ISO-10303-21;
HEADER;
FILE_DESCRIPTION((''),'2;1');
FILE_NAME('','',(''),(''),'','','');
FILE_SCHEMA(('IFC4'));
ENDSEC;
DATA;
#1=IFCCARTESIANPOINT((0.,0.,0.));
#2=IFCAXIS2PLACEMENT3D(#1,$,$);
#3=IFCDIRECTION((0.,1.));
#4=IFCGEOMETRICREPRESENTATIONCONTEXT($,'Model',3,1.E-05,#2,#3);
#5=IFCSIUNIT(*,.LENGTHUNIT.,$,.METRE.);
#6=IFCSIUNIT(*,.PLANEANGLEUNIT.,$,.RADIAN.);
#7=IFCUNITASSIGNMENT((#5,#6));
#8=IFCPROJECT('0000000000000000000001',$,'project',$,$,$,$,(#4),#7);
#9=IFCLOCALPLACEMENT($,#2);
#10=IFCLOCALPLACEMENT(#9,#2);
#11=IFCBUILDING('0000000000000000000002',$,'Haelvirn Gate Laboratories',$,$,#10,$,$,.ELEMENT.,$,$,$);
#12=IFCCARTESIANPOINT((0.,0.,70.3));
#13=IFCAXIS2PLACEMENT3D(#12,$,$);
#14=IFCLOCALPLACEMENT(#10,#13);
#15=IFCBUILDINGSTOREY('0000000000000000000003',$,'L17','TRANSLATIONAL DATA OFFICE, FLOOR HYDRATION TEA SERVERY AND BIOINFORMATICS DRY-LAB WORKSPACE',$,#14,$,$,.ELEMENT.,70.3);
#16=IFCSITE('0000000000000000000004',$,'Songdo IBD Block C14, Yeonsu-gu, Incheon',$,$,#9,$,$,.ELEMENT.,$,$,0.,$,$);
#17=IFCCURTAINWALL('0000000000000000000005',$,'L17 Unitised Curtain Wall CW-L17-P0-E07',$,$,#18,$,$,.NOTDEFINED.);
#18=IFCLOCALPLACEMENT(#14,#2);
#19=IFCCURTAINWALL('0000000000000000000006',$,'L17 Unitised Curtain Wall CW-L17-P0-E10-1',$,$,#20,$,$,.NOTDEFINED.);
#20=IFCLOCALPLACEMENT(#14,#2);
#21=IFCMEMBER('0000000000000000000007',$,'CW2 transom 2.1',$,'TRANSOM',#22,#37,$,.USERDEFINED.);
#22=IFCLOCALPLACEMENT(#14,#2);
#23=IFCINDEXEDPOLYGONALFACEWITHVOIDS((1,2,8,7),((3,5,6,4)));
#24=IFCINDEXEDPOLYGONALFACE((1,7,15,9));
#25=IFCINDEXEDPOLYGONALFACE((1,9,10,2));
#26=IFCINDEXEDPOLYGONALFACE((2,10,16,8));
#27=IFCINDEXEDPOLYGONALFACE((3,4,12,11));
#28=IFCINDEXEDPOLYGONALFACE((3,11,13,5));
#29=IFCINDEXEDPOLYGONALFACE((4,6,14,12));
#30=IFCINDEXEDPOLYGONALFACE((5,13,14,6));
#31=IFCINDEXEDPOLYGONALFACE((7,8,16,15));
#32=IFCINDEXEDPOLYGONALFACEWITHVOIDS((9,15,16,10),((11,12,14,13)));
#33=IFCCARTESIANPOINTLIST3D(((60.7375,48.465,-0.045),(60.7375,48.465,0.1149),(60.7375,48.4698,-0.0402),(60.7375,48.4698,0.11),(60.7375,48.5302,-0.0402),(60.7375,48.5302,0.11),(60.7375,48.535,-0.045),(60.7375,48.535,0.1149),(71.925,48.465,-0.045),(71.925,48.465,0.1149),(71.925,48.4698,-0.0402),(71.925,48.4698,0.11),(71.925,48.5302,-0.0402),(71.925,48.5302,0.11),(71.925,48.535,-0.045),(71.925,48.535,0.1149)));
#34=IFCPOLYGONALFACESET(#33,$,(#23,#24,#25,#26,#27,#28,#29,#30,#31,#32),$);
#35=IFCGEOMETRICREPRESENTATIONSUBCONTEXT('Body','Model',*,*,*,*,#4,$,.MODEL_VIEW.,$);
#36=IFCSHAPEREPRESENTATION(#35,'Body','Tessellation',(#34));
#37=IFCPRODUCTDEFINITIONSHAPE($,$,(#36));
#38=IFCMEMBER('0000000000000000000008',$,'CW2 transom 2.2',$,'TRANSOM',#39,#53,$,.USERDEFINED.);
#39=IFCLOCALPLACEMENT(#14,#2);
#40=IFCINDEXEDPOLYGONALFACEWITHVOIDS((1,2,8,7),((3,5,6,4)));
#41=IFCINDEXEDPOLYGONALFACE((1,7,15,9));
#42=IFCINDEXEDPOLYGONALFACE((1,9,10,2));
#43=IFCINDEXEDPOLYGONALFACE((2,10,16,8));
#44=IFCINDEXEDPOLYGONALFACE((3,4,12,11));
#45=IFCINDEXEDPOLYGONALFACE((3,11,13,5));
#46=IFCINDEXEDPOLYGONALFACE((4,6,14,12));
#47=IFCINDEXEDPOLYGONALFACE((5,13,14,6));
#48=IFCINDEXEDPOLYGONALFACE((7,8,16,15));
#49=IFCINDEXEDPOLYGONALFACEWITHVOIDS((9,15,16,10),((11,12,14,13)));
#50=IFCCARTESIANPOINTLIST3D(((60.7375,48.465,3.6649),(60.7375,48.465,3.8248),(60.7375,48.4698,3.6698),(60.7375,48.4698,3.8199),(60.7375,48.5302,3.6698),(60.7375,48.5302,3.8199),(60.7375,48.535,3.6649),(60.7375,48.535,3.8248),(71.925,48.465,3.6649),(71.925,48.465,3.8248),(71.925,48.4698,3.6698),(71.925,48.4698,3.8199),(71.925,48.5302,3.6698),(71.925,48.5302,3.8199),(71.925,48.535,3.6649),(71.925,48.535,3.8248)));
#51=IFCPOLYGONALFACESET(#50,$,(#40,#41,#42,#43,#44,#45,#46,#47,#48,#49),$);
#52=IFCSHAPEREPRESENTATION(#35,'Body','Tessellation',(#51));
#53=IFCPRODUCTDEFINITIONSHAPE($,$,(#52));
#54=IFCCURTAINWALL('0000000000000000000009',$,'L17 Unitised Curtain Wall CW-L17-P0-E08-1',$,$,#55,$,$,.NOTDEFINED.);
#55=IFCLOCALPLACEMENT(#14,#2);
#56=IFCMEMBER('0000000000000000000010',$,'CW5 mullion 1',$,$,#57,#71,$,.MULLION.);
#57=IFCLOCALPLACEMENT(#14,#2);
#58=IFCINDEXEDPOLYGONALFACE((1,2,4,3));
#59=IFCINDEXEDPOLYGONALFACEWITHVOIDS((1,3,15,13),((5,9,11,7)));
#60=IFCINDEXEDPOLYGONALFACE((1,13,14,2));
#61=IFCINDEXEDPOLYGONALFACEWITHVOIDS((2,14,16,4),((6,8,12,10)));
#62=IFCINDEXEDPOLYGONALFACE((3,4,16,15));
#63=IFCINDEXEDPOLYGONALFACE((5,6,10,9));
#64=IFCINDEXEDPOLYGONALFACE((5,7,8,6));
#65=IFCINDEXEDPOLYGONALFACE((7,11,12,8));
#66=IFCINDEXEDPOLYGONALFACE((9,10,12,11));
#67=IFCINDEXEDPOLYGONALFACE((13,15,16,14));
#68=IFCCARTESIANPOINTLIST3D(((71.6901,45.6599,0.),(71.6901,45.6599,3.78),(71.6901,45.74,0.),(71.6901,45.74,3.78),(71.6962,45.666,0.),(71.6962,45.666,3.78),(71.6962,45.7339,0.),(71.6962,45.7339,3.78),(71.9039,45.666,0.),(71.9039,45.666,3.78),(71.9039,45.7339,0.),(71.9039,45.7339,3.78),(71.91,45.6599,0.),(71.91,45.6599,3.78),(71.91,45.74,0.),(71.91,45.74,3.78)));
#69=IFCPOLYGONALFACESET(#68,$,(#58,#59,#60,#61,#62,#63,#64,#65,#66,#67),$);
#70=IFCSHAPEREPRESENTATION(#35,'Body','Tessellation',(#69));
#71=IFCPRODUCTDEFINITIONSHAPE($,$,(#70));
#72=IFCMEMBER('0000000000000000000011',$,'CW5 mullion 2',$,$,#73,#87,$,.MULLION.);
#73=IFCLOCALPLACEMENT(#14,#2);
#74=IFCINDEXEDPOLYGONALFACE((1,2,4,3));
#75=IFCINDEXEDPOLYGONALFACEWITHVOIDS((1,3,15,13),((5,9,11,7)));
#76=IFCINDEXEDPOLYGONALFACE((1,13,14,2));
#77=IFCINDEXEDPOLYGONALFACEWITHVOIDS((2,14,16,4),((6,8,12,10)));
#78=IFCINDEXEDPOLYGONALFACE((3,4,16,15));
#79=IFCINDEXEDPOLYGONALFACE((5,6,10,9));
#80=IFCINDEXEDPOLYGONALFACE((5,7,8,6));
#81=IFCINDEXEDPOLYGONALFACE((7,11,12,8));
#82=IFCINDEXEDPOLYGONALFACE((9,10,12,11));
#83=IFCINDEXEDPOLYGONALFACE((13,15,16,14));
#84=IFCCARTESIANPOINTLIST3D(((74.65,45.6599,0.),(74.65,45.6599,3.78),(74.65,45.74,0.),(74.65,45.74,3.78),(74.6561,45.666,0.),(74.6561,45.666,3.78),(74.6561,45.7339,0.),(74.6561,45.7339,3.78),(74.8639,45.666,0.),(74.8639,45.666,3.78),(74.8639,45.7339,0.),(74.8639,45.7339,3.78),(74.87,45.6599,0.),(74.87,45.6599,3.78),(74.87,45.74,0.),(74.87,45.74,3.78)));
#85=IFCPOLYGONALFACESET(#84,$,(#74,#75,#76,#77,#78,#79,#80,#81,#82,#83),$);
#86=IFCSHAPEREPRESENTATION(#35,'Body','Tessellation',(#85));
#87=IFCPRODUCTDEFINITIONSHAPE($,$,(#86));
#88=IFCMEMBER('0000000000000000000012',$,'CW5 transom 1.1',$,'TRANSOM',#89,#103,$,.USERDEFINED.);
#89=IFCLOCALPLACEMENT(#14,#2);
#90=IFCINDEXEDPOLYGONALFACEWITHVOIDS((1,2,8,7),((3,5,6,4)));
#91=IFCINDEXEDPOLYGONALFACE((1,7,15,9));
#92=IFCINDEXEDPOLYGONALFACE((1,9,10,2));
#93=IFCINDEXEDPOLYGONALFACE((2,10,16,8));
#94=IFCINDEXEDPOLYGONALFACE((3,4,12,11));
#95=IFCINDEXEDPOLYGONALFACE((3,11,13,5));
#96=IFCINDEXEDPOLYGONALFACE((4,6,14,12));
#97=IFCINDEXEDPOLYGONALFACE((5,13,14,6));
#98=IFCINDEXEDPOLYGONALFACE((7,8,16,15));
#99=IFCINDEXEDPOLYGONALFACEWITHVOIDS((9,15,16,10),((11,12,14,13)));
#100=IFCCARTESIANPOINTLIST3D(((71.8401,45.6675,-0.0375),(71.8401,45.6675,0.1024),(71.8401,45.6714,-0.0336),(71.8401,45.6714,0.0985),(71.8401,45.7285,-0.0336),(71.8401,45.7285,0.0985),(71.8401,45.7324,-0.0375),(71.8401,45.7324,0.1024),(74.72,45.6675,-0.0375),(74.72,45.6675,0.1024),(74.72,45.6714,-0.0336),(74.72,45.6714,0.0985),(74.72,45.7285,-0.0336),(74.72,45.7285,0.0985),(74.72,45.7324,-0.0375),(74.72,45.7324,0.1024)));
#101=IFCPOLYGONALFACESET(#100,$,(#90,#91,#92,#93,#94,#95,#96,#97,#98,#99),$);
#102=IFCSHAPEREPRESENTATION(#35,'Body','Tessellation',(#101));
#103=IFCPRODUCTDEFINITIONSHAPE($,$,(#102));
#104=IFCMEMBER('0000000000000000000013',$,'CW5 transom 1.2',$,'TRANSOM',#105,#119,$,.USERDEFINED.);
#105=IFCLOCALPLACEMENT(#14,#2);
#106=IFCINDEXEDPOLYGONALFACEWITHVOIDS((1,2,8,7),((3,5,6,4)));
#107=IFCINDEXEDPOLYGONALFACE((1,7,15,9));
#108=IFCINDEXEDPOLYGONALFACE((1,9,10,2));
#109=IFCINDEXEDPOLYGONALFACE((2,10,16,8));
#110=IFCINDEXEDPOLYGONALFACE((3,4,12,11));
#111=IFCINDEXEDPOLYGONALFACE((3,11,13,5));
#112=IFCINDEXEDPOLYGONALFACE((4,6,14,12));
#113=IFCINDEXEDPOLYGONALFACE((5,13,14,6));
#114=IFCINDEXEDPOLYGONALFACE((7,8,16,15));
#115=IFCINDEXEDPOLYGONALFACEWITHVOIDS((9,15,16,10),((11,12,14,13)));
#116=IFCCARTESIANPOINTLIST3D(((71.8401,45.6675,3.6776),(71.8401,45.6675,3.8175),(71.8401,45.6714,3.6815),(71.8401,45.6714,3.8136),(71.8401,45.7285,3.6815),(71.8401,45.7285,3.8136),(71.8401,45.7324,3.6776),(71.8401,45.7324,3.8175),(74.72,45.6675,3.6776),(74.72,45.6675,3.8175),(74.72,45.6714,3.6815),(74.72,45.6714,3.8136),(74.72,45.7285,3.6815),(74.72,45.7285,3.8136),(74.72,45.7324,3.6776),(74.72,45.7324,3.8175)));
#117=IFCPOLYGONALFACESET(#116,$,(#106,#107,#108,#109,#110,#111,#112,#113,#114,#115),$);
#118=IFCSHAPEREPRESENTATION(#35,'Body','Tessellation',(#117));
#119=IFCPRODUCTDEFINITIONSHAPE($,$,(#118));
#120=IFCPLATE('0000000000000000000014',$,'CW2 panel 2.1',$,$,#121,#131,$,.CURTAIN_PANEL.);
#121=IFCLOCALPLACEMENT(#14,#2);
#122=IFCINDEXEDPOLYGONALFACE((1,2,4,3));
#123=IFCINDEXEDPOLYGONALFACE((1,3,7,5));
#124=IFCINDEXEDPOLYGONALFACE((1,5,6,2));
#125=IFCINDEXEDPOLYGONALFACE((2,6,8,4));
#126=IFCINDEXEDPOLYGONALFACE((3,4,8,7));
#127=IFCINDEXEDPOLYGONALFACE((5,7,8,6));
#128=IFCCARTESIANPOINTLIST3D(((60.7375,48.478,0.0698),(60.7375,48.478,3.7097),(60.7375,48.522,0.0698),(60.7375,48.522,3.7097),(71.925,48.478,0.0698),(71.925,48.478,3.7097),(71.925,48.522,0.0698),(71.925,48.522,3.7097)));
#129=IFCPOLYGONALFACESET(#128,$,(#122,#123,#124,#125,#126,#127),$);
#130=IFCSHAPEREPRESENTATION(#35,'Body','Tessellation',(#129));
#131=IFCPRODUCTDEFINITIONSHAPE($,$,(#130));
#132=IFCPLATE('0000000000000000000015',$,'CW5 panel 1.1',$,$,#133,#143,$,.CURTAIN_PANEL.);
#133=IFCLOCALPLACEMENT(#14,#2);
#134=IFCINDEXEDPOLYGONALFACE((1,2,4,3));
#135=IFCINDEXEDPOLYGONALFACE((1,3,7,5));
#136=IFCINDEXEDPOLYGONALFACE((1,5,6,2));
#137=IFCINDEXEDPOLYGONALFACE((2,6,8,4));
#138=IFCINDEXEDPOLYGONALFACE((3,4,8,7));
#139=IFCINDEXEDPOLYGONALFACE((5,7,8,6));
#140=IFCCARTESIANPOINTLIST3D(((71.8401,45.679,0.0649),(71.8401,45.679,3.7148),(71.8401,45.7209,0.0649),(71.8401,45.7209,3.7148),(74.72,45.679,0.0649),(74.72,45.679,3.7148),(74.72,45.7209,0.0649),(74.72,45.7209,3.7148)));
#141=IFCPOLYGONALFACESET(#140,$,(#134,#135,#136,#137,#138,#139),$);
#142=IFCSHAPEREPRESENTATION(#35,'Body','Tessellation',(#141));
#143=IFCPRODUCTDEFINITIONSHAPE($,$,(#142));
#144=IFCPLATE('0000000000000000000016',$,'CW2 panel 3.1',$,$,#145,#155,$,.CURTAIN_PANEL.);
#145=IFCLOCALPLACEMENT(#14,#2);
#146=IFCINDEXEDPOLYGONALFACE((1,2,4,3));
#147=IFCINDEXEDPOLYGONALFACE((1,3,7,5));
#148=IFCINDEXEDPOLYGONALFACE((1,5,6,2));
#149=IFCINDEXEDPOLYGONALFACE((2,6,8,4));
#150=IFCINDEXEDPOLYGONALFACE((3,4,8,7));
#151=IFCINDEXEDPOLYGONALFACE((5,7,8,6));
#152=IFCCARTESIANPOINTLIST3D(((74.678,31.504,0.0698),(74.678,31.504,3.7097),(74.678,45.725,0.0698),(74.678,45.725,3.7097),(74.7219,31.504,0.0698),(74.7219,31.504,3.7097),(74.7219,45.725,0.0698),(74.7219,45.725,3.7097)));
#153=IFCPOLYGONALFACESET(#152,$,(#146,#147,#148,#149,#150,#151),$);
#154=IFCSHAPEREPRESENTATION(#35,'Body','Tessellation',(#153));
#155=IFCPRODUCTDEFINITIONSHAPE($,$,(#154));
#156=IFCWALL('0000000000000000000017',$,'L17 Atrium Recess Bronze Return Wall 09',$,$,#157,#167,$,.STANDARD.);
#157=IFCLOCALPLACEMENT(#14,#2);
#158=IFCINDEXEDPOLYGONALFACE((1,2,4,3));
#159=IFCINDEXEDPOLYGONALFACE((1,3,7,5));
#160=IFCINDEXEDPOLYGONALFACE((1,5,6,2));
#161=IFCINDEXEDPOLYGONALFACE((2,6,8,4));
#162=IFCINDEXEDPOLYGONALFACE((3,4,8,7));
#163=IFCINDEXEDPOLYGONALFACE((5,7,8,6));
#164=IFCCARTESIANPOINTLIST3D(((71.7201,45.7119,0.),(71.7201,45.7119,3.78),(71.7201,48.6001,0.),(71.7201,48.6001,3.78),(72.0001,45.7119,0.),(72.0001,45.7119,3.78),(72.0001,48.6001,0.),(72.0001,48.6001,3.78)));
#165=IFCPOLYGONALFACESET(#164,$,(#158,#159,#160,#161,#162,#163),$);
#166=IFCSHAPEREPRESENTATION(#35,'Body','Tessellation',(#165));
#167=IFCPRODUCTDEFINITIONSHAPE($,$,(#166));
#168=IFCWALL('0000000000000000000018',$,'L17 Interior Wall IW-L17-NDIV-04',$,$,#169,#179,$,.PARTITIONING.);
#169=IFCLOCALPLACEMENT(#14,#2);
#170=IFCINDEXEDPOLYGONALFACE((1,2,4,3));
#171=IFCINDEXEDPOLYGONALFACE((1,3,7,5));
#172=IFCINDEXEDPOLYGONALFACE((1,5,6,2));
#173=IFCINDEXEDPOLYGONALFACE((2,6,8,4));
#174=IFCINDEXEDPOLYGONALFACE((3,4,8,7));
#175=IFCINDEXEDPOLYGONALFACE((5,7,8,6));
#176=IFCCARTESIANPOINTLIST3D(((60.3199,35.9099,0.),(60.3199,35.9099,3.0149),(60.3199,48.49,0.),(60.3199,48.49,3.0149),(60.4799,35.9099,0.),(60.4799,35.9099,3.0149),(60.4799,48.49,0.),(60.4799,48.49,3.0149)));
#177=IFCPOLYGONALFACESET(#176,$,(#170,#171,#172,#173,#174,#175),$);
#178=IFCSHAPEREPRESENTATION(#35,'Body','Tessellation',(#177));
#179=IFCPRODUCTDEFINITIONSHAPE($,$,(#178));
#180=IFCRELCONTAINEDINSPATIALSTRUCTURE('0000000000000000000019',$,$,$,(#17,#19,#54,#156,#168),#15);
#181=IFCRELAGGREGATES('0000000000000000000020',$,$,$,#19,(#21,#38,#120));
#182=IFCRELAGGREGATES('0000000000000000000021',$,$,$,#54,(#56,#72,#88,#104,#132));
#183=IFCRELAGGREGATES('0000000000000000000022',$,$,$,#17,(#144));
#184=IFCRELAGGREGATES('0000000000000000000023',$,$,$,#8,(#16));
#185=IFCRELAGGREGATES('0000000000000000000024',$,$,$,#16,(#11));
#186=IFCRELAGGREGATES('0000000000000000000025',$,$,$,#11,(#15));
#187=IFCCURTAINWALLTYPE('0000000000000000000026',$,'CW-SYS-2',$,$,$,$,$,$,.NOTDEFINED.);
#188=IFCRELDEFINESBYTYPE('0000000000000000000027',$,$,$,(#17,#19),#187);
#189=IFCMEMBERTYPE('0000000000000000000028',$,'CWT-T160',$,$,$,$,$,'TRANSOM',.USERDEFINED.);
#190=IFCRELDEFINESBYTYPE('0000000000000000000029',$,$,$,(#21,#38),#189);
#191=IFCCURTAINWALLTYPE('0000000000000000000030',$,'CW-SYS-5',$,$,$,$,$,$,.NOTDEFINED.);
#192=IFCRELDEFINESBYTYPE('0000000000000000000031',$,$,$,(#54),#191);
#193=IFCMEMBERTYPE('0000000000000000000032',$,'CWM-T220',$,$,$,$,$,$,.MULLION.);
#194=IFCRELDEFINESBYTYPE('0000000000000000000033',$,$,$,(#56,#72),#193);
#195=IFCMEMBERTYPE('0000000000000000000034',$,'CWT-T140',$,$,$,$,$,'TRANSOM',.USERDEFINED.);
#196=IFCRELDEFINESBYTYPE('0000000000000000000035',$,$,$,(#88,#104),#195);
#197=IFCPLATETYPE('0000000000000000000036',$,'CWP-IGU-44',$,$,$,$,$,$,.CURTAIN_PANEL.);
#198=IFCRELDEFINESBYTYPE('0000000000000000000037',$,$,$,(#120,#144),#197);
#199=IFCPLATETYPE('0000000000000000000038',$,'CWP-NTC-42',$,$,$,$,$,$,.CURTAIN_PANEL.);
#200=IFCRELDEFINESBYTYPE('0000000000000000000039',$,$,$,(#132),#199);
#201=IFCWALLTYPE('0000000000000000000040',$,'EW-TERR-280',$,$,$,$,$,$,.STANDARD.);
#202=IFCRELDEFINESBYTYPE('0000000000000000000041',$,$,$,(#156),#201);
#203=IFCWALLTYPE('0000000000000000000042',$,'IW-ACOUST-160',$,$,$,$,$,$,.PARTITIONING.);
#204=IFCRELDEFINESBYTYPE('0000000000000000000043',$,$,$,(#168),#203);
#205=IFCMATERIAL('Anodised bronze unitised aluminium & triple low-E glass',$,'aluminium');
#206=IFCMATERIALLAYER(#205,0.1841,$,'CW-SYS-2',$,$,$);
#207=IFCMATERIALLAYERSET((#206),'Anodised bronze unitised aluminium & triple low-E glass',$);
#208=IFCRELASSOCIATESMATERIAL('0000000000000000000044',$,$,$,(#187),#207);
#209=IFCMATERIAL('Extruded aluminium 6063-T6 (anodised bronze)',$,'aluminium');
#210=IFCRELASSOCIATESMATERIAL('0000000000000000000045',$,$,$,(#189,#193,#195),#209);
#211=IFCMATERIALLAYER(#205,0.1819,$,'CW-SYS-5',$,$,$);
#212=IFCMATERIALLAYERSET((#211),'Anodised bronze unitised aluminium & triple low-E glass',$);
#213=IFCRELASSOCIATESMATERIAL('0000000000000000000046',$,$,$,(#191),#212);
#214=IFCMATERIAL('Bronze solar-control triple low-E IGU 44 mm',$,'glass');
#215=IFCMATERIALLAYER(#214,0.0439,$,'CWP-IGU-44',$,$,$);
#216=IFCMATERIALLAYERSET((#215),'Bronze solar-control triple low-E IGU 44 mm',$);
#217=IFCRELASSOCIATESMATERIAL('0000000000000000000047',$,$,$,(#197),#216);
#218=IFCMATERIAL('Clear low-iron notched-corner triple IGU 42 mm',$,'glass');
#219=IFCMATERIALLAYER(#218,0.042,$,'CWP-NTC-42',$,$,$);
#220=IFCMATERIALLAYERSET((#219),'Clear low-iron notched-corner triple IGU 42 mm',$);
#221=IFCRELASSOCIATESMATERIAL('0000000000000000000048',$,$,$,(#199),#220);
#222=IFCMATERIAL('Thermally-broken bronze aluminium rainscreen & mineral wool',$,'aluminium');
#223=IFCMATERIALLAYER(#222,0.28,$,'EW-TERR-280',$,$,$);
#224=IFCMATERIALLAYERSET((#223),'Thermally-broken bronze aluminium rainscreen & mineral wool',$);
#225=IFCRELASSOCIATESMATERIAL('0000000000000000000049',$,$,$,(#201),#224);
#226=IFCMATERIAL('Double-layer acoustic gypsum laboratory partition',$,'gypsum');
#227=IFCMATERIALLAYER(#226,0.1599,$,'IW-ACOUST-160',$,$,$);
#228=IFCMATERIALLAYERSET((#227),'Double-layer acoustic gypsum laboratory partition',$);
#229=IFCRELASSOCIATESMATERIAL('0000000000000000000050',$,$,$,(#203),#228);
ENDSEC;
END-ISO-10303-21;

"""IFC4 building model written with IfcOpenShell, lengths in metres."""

from ifc_helpers import new_model, si_unit, direction, frame, frame_2d, origin, origin_2d, place, context, subcontext, project, spatial, rectangle, hollow_rectangle, extrude, source, transform, mapped, material, layer, layer_set, material_profile, profile_set, type_object, type_shapes, element, aggregate, save


model = new_model("IFC4")

# Units and contexts
model_context = context("Model", 3, precision=1e-05, world=origin(), true_north=direction((0.0, 1.0)))
body_context = subcontext(model_context, "Body", "Model", "MODEL_VIEW")
ifc_project = project(units=[si_unit("LENGTHUNIT", "METRE"), si_unit("PLANEANGLEUNIT", "RADIAN")], contexts=[model_context])

# Site, building, storey
site_placement = place(None, origin())
site = spatial("IfcSite", under=ifc_project, at=site_placement, Name="Songdo IBD Block C14, Yeonsu-gu, Incheon", CompositionType="ELEMENT", RefElevation=0.0)
building_placement = place(site_placement, origin())
building = spatial("IfcBuilding", under=site, at=building_placement, Name="Haelvirn Gate Laboratories", CompositionType="ELEMENT")
storey_placement = place(building_placement, frame((0.0, 0.0, 70.3)))
storey = spatial("IfcBuildingStorey", under=building, at=storey_placement, Name="L17", Description="TRANSLATIONAL DATA OFFICE, FLOOR HYDRATION TEA SERVERY AND BIOINFORMATICS DRY-LAB WORKSPACE", CompositionType="ELEMENT", Elevation=70.3)

# Curtain wall
ifc_material_1 = material(Name="Anodised bronze unitised aluminium & triple low-E glass", Category="aluminium")
ifc_layer_1 = layer(ifc_material_1, 0.1841, Name="CW-SYS-2")
ifc_layer_set_1 = layer_set([ifc_layer_1], Name="Anodised bronze unitised aluminium & triple low-E glass")
curtain_wall_type_1 = type_object("IfcCurtainWallType", Name="CW-SYS-2", PredefinedType="NOTDEFINED", material=ifc_layer_set_1)
curtain_wall_1_placement = place(storey_placement, origin())
curtain_wall_1 = element("IfcCurtainWall", 1, at=curtain_wall_1_placement, inside=storey, type_object=curtain_wall_type_1, Name="L17 Unitised Curtain Wall CW-L17-P0-E07", PredefinedType="NOTDEFINED")
ifc_material_2 = material(Name="Extruded aluminium 6063-T6 (anodised bronze)", Category="aluminium")

# Curtain walls, members
curtain_wall_2_placement = place(storey_placement, origin())
curtain_wall_2 = element("IfcCurtainWall", 2, at=curtain_wall_2_placement, inside=storey, type_object=curtain_wall_type_1, Name="L17 Unitised Curtain Wall CW-L17-P0-E10-1", PredefinedType="NOTDEFINED")
ifc_material_profile_1 = material_profile(ifc_material_2, hollow_rectangle(XDim=0.0701, YDim=0.1599, WallThickness=0.0049, at=origin_2d()), Name="CWT-160x70x5")
ifc_profile_set_1 = profile_set([ifc_material_profile_1], Name="Extruded aluminium 6063-T6 (anodised bronze)")
member_type_1 = type_object("IfcMemberType", Name="CWT-T160", ElementType="TRANSOM", PredefinedType="USERDEFINED", material=ifc_profile_set_1)
shared_shape_1 = source(origin(), body_context, "Body", "SweptSolid", [
    extrude(hollow_rectangle(XDim=0.0701, YDim=0.1599, WallThickness=0.0049, at=origin_2d()), origin(), (0.0, 0.0, 1.0), 11.1875),
])
type_shapes(member_type_1, [shared_shape_1])
member_1_placement = place(storey_placement, frame((60.7375, 48.5, 0.0349), z_axis=(1.0, 0.0, 0.0), x_axis=(0.0, 1.0, 0.0)))
member_1 = element("IfcMember", 3, at=member_1_placement, type_object=member_type_1, Name="CW2 transom 2.1", ObjectType="TRANSOM", PredefinedType="USERDEFINED", context=body_context, shape_type="MappedRepresentation", body=[
    mapped(shared_shape_1, transform((0.0, 0.0, 0.0), scale=1.0)),
])
member_2_placement = place(storey_placement, frame((60.7375, 48.5, 3.7449), z_axis=(1.0, 0.0, 0.0), x_axis=(0.0, 1.0, 0.0)))
member_2 = element("IfcMember", 4, at=member_2_placement, type_object=member_type_1, Name="CW2 transom 2.2", ObjectType="TRANSOM", PredefinedType="USERDEFINED", context=body_context, shape_type="MappedRepresentation", body=[
    mapped(shared_shape_1, transform((0.0, 0.0, 0.0), scale=1.0)),
])
ifc_layer_2 = layer(ifc_material_1, 0.1819, Name="CW-SYS-5")
ifc_layer_set_2 = layer_set([ifc_layer_2], Name="Anodised bronze unitised aluminium & triple low-E glass")
curtain_wall_type_2 = type_object("IfcCurtainWallType", Name="CW-SYS-5", PredefinedType="NOTDEFINED", material=ifc_layer_set_2)
curtain_wall_3_placement = place(storey_placement, origin())
curtain_wall_3 = element("IfcCurtainWall", 5, at=curtain_wall_3_placement, inside=storey, type_object=curtain_wall_type_2, Name="L17 Unitised Curtain Wall CW-L17-P0-E08-1", PredefinedType="NOTDEFINED")
ifc_material_profile_2 = material_profile(ifc_material_2, hollow_rectangle(XDim=0.0801, YDim=0.22, WallThickness=0.0061, at=origin_2d()), Name="CWM-220x80x6")
ifc_profile_set_2 = profile_set([ifc_material_profile_2], Name="Extruded aluminium 6063-T6 (anodised bronze)")
member_type_2 = type_object("IfcMemberType", Name="CWM-T220", PredefinedType="MULLION", material=ifc_profile_set_2)
shared_shape_2 = source(origin(), body_context, "Body", "SweptSolid", [
    extrude(hollow_rectangle(XDim=0.0801, YDim=0.22, WallThickness=0.0061, at=origin_2d()), origin(), (0.0, 0.0, 1.0), 3.78),
])
type_shapes(member_type_2, [shared_shape_2])
member_3_placement = place(storey_placement, frame((71.8, 45.7, 0.0), z_axis=(0.0, 0.0, 1.0), x_axis=(0.0, 1.0, 0.0)))
member_3 = element("IfcMember", 6, at=member_3_placement, type_object=member_type_2, Name="CW5 mullion 1", PredefinedType="MULLION", context=body_context, shape_type="MappedRepresentation", body=[
    mapped(shared_shape_2, transform((0.0, 0.0, 0.0), scale=1.0)),
])
member_4_placement = place(storey_placement, frame((74.76, 45.7, 0.0), z_axis=(0.0, 0.0, 1.0), x_axis=(0.0, 1.0, 0.0)))
member_4 = element("IfcMember", 7, at=member_4_placement, type_object=member_type_2, Name="CW5 mullion 2", PredefinedType="MULLION", context=body_context, shape_type="MappedRepresentation", body=[
    mapped(shared_shape_2, transform((0.0, 0.0, 0.0), scale=1.0)),
])
ifc_material_profile_3 = material_profile(ifc_material_2, hollow_rectangle(XDim=0.0649, YDim=0.1399, WallThickness=0.0039, at=origin_2d()), Name="CWT-140x65x4")
ifc_profile_set_3 = profile_set([ifc_material_profile_3], Name="Extruded aluminium 6063-T6 (anodised bronze)")
member_type_3 = type_object("IfcMemberType", Name="CWT-T140", ElementType="TRANSOM", PredefinedType="USERDEFINED", material=ifc_profile_set_3)
shared_shape_3 = source(origin(), body_context, "Body", "SweptSolid", [
    extrude(hollow_rectangle(XDim=0.0649, YDim=0.1399, WallThickness=0.0039, at=origin_2d()), origin(), (0.0, 0.0, 1.0), 2.8799),
])
type_shapes(member_type_3, [shared_shape_3])
member_5_placement = place(storey_placement, frame((71.8401, 45.7, 0.0325), z_axis=(1.0, 0.0, 0.0), x_axis=(0.0, 1.0, 0.0)))
member_5 = element("IfcMember", 8, at=member_5_placement, type_object=member_type_3, Name="CW5 transom 1.1", ObjectType="TRANSOM", PredefinedType="USERDEFINED", context=body_context, shape_type="MappedRepresentation", body=[
    mapped(shared_shape_3, transform((0.0, 0.0, 0.0), scale=1.0)),
])
member_6_placement = place(storey_placement, frame((71.8401, 45.7, 3.7476), z_axis=(1.0, 0.0, 0.0), x_axis=(0.0, 1.0, 0.0)))
member_6 = element("IfcMember", 9, at=member_6_placement, type_object=member_type_3, Name="CW5 transom 1.2", ObjectType="TRANSOM", PredefinedType="USERDEFINED", context=body_context, shape_type="MappedRepresentation", body=[
    mapped(shared_shape_3, transform((0.0, 0.0, 0.0), scale=1.0)),
])

# Plates
ifc_material_3 = material(Name="Bronze solar-control triple low-E IGU 44 mm", Category="glass")
ifc_layer_3 = layer(ifc_material_3, 0.0439, Name="CWP-IGU-44")
ifc_layer_set_3 = layer_set([ifc_layer_3], Name="Bronze solar-control triple low-E IGU 44 mm")
plate_type_1 = type_object("IfcPlateType", Name="CWP-IGU-44", PredefinedType="CURTAIN_PANEL", material=ifc_layer_set_3)
shared_shape_4 = source(origin(), body_context, "Body", "SweptSolid", [
    extrude(rectangle(XDim=11.1875, YDim=0.0439, at=origin_2d()), origin(), (0.0, 0.0, 1.0), 3.6399),
])
plate_1_placement = place(storey_placement, frame((66.3313, 48.5, 0.0698), z_axis=(0.0, 0.0, 1.0), x_axis=(1.0, 0.0, 0.0)))
plate_1 = element("IfcPlate", 10, at=plate_1_placement, type_object=plate_type_1, Name="CW2 panel 2.1", PredefinedType="CURTAIN_PANEL", context=body_context, shape_type="MappedRepresentation", body=[
    mapped(shared_shape_4, transform((0.0, 0.0, 0.0), scale=1.0)),
])
aggregate(curtain_wall_2, [member_1, member_2, plate_1])
ifc_material_4 = material(Name="Clear low-iron notched-corner triple IGU 42 mm", Category="glass")
ifc_layer_4 = layer(ifc_material_4, 0.042, Name="CWP-NTC-42")
ifc_layer_set_4 = layer_set([ifc_layer_4], Name="Clear low-iron notched-corner triple IGU 42 mm")
plate_type_2 = type_object("IfcPlateType", Name="CWP-NTC-42", PredefinedType="CURTAIN_PANEL", material=ifc_layer_set_4)
shared_shape_5 = source(origin(), body_context, "Body", "SweptSolid", [
    extrude(rectangle(XDim=2.8799, YDim=0.042, at=origin_2d()), origin(), (0.0, 0.0, 1.0), 3.6499),
])
type_shapes(plate_type_2, [shared_shape_5])
plate_2_placement = place(storey_placement, frame((73.28, 45.7, 0.0649), z_axis=(0.0, 0.0, 1.0), x_axis=(1.0, 0.0, 0.0)))
plate_2 = element("IfcPlate", 11, at=plate_2_placement, type_object=plate_type_2, Name="CW5 panel 1.1", PredefinedType="CURTAIN_PANEL", context=body_context, shape_type="MappedRepresentation", body=[
    mapped(shared_shape_5, transform((0.0, 0.0, 0.0), scale=1.0)),
])
aggregate(curtain_wall_3, [member_3, member_4, member_5, member_6, plate_2])
shared_shape_6 = source(origin(), body_context, "Body", "SweptSolid", [
    extrude(rectangle(XDim=14.2209, YDim=0.0439, at=origin_2d()), origin(), (0.0, 0.0, 1.0), 3.6399),
])
type_shapes(plate_type_1, [shared_shape_4, shared_shape_6])
plate_3_placement = place(storey_placement, frame((74.7, 38.6145, 0.0698), z_axis=(0.0, 0.0, 1.0), x_axis=(0.0, 1.0, 0.0)))
plate_3 = element("IfcPlate", 12, at=plate_3_placement, type_object=plate_type_1, Name="CW2 panel 3.1", PredefinedType="CURTAIN_PANEL", context=body_context, shape_type="MappedRepresentation", body=[
    mapped(shared_shape_6, transform((0.0, 0.0, 0.0), scale=1.0)),
])
aggregate(curtain_wall_1, [plate_3])

# Walls
ifc_material_5 = material(Name="Thermally-broken bronze aluminium rainscreen & mineral wool", Category="aluminium")
ifc_layer_5 = layer(ifc_material_5, 0.28, Name="EW-TERR-280")
ifc_layer_set_5 = layer_set([ifc_layer_5], Name="Thermally-broken bronze aluminium rainscreen & mineral wool")
wall_type_1 = type_object("IfcWallType", Name="EW-TERR-280", PredefinedType="STANDARD", material=ifc_layer_set_5)
wall_1_placement = place(storey_placement, frame((71.8601, 45.7119, 0.0), z_axis=(0.0, 0.0, 1.0), x_axis=(0.0, 1.0, 0.0)))
element("IfcWall", 13, at=wall_1_placement, inside=storey, type_object=wall_type_1, Name="L17 Atrium Recess Bronze Return Wall 09", PredefinedType="STANDARD", context=body_context, shape_type="SweptSolid", body=[
    extrude(rectangle(XDim=2.8882, YDim=0.28, at=frame_2d((1.4441, 0.0))), origin(), (0.0, 0.0, 1.0), 3.78),
])
ifc_material_6 = material(Name="Double-layer acoustic gypsum laboratory partition", Category="gypsum")
ifc_layer_6 = layer(ifc_material_6, 0.1599, Name="IW-ACOUST-160")
ifc_layer_set_6 = layer_set([ifc_layer_6], Name="Double-layer acoustic gypsum laboratory partition")
wall_type_2 = type_object("IfcWallType", Name="IW-ACOUST-160", PredefinedType="PARTITIONING", material=ifc_layer_set_6)
wall_2_placement = place(storey_placement, frame((60.3999, 35.9099, 0.0), z_axis=(0.0, 0.0, 1.0), x_axis=(0.0, 1.0, 0.0)))
element("IfcWall", 14, at=wall_2_placement, inside=storey, type_object=wall_type_2, Name="L17 Interior Wall IW-L17-NDIV-04", PredefinedType="PARTITIONING", context=body_context, shape_type="SweptSolid", body=[
    extrude(rectangle(XDim=12.5801, YDim=0.1599, at=frame_2d((6.29, 0.0))), origin(), (0.0, 0.0, 1.0), 3.0149),
])

save(model, "model.ifc")
